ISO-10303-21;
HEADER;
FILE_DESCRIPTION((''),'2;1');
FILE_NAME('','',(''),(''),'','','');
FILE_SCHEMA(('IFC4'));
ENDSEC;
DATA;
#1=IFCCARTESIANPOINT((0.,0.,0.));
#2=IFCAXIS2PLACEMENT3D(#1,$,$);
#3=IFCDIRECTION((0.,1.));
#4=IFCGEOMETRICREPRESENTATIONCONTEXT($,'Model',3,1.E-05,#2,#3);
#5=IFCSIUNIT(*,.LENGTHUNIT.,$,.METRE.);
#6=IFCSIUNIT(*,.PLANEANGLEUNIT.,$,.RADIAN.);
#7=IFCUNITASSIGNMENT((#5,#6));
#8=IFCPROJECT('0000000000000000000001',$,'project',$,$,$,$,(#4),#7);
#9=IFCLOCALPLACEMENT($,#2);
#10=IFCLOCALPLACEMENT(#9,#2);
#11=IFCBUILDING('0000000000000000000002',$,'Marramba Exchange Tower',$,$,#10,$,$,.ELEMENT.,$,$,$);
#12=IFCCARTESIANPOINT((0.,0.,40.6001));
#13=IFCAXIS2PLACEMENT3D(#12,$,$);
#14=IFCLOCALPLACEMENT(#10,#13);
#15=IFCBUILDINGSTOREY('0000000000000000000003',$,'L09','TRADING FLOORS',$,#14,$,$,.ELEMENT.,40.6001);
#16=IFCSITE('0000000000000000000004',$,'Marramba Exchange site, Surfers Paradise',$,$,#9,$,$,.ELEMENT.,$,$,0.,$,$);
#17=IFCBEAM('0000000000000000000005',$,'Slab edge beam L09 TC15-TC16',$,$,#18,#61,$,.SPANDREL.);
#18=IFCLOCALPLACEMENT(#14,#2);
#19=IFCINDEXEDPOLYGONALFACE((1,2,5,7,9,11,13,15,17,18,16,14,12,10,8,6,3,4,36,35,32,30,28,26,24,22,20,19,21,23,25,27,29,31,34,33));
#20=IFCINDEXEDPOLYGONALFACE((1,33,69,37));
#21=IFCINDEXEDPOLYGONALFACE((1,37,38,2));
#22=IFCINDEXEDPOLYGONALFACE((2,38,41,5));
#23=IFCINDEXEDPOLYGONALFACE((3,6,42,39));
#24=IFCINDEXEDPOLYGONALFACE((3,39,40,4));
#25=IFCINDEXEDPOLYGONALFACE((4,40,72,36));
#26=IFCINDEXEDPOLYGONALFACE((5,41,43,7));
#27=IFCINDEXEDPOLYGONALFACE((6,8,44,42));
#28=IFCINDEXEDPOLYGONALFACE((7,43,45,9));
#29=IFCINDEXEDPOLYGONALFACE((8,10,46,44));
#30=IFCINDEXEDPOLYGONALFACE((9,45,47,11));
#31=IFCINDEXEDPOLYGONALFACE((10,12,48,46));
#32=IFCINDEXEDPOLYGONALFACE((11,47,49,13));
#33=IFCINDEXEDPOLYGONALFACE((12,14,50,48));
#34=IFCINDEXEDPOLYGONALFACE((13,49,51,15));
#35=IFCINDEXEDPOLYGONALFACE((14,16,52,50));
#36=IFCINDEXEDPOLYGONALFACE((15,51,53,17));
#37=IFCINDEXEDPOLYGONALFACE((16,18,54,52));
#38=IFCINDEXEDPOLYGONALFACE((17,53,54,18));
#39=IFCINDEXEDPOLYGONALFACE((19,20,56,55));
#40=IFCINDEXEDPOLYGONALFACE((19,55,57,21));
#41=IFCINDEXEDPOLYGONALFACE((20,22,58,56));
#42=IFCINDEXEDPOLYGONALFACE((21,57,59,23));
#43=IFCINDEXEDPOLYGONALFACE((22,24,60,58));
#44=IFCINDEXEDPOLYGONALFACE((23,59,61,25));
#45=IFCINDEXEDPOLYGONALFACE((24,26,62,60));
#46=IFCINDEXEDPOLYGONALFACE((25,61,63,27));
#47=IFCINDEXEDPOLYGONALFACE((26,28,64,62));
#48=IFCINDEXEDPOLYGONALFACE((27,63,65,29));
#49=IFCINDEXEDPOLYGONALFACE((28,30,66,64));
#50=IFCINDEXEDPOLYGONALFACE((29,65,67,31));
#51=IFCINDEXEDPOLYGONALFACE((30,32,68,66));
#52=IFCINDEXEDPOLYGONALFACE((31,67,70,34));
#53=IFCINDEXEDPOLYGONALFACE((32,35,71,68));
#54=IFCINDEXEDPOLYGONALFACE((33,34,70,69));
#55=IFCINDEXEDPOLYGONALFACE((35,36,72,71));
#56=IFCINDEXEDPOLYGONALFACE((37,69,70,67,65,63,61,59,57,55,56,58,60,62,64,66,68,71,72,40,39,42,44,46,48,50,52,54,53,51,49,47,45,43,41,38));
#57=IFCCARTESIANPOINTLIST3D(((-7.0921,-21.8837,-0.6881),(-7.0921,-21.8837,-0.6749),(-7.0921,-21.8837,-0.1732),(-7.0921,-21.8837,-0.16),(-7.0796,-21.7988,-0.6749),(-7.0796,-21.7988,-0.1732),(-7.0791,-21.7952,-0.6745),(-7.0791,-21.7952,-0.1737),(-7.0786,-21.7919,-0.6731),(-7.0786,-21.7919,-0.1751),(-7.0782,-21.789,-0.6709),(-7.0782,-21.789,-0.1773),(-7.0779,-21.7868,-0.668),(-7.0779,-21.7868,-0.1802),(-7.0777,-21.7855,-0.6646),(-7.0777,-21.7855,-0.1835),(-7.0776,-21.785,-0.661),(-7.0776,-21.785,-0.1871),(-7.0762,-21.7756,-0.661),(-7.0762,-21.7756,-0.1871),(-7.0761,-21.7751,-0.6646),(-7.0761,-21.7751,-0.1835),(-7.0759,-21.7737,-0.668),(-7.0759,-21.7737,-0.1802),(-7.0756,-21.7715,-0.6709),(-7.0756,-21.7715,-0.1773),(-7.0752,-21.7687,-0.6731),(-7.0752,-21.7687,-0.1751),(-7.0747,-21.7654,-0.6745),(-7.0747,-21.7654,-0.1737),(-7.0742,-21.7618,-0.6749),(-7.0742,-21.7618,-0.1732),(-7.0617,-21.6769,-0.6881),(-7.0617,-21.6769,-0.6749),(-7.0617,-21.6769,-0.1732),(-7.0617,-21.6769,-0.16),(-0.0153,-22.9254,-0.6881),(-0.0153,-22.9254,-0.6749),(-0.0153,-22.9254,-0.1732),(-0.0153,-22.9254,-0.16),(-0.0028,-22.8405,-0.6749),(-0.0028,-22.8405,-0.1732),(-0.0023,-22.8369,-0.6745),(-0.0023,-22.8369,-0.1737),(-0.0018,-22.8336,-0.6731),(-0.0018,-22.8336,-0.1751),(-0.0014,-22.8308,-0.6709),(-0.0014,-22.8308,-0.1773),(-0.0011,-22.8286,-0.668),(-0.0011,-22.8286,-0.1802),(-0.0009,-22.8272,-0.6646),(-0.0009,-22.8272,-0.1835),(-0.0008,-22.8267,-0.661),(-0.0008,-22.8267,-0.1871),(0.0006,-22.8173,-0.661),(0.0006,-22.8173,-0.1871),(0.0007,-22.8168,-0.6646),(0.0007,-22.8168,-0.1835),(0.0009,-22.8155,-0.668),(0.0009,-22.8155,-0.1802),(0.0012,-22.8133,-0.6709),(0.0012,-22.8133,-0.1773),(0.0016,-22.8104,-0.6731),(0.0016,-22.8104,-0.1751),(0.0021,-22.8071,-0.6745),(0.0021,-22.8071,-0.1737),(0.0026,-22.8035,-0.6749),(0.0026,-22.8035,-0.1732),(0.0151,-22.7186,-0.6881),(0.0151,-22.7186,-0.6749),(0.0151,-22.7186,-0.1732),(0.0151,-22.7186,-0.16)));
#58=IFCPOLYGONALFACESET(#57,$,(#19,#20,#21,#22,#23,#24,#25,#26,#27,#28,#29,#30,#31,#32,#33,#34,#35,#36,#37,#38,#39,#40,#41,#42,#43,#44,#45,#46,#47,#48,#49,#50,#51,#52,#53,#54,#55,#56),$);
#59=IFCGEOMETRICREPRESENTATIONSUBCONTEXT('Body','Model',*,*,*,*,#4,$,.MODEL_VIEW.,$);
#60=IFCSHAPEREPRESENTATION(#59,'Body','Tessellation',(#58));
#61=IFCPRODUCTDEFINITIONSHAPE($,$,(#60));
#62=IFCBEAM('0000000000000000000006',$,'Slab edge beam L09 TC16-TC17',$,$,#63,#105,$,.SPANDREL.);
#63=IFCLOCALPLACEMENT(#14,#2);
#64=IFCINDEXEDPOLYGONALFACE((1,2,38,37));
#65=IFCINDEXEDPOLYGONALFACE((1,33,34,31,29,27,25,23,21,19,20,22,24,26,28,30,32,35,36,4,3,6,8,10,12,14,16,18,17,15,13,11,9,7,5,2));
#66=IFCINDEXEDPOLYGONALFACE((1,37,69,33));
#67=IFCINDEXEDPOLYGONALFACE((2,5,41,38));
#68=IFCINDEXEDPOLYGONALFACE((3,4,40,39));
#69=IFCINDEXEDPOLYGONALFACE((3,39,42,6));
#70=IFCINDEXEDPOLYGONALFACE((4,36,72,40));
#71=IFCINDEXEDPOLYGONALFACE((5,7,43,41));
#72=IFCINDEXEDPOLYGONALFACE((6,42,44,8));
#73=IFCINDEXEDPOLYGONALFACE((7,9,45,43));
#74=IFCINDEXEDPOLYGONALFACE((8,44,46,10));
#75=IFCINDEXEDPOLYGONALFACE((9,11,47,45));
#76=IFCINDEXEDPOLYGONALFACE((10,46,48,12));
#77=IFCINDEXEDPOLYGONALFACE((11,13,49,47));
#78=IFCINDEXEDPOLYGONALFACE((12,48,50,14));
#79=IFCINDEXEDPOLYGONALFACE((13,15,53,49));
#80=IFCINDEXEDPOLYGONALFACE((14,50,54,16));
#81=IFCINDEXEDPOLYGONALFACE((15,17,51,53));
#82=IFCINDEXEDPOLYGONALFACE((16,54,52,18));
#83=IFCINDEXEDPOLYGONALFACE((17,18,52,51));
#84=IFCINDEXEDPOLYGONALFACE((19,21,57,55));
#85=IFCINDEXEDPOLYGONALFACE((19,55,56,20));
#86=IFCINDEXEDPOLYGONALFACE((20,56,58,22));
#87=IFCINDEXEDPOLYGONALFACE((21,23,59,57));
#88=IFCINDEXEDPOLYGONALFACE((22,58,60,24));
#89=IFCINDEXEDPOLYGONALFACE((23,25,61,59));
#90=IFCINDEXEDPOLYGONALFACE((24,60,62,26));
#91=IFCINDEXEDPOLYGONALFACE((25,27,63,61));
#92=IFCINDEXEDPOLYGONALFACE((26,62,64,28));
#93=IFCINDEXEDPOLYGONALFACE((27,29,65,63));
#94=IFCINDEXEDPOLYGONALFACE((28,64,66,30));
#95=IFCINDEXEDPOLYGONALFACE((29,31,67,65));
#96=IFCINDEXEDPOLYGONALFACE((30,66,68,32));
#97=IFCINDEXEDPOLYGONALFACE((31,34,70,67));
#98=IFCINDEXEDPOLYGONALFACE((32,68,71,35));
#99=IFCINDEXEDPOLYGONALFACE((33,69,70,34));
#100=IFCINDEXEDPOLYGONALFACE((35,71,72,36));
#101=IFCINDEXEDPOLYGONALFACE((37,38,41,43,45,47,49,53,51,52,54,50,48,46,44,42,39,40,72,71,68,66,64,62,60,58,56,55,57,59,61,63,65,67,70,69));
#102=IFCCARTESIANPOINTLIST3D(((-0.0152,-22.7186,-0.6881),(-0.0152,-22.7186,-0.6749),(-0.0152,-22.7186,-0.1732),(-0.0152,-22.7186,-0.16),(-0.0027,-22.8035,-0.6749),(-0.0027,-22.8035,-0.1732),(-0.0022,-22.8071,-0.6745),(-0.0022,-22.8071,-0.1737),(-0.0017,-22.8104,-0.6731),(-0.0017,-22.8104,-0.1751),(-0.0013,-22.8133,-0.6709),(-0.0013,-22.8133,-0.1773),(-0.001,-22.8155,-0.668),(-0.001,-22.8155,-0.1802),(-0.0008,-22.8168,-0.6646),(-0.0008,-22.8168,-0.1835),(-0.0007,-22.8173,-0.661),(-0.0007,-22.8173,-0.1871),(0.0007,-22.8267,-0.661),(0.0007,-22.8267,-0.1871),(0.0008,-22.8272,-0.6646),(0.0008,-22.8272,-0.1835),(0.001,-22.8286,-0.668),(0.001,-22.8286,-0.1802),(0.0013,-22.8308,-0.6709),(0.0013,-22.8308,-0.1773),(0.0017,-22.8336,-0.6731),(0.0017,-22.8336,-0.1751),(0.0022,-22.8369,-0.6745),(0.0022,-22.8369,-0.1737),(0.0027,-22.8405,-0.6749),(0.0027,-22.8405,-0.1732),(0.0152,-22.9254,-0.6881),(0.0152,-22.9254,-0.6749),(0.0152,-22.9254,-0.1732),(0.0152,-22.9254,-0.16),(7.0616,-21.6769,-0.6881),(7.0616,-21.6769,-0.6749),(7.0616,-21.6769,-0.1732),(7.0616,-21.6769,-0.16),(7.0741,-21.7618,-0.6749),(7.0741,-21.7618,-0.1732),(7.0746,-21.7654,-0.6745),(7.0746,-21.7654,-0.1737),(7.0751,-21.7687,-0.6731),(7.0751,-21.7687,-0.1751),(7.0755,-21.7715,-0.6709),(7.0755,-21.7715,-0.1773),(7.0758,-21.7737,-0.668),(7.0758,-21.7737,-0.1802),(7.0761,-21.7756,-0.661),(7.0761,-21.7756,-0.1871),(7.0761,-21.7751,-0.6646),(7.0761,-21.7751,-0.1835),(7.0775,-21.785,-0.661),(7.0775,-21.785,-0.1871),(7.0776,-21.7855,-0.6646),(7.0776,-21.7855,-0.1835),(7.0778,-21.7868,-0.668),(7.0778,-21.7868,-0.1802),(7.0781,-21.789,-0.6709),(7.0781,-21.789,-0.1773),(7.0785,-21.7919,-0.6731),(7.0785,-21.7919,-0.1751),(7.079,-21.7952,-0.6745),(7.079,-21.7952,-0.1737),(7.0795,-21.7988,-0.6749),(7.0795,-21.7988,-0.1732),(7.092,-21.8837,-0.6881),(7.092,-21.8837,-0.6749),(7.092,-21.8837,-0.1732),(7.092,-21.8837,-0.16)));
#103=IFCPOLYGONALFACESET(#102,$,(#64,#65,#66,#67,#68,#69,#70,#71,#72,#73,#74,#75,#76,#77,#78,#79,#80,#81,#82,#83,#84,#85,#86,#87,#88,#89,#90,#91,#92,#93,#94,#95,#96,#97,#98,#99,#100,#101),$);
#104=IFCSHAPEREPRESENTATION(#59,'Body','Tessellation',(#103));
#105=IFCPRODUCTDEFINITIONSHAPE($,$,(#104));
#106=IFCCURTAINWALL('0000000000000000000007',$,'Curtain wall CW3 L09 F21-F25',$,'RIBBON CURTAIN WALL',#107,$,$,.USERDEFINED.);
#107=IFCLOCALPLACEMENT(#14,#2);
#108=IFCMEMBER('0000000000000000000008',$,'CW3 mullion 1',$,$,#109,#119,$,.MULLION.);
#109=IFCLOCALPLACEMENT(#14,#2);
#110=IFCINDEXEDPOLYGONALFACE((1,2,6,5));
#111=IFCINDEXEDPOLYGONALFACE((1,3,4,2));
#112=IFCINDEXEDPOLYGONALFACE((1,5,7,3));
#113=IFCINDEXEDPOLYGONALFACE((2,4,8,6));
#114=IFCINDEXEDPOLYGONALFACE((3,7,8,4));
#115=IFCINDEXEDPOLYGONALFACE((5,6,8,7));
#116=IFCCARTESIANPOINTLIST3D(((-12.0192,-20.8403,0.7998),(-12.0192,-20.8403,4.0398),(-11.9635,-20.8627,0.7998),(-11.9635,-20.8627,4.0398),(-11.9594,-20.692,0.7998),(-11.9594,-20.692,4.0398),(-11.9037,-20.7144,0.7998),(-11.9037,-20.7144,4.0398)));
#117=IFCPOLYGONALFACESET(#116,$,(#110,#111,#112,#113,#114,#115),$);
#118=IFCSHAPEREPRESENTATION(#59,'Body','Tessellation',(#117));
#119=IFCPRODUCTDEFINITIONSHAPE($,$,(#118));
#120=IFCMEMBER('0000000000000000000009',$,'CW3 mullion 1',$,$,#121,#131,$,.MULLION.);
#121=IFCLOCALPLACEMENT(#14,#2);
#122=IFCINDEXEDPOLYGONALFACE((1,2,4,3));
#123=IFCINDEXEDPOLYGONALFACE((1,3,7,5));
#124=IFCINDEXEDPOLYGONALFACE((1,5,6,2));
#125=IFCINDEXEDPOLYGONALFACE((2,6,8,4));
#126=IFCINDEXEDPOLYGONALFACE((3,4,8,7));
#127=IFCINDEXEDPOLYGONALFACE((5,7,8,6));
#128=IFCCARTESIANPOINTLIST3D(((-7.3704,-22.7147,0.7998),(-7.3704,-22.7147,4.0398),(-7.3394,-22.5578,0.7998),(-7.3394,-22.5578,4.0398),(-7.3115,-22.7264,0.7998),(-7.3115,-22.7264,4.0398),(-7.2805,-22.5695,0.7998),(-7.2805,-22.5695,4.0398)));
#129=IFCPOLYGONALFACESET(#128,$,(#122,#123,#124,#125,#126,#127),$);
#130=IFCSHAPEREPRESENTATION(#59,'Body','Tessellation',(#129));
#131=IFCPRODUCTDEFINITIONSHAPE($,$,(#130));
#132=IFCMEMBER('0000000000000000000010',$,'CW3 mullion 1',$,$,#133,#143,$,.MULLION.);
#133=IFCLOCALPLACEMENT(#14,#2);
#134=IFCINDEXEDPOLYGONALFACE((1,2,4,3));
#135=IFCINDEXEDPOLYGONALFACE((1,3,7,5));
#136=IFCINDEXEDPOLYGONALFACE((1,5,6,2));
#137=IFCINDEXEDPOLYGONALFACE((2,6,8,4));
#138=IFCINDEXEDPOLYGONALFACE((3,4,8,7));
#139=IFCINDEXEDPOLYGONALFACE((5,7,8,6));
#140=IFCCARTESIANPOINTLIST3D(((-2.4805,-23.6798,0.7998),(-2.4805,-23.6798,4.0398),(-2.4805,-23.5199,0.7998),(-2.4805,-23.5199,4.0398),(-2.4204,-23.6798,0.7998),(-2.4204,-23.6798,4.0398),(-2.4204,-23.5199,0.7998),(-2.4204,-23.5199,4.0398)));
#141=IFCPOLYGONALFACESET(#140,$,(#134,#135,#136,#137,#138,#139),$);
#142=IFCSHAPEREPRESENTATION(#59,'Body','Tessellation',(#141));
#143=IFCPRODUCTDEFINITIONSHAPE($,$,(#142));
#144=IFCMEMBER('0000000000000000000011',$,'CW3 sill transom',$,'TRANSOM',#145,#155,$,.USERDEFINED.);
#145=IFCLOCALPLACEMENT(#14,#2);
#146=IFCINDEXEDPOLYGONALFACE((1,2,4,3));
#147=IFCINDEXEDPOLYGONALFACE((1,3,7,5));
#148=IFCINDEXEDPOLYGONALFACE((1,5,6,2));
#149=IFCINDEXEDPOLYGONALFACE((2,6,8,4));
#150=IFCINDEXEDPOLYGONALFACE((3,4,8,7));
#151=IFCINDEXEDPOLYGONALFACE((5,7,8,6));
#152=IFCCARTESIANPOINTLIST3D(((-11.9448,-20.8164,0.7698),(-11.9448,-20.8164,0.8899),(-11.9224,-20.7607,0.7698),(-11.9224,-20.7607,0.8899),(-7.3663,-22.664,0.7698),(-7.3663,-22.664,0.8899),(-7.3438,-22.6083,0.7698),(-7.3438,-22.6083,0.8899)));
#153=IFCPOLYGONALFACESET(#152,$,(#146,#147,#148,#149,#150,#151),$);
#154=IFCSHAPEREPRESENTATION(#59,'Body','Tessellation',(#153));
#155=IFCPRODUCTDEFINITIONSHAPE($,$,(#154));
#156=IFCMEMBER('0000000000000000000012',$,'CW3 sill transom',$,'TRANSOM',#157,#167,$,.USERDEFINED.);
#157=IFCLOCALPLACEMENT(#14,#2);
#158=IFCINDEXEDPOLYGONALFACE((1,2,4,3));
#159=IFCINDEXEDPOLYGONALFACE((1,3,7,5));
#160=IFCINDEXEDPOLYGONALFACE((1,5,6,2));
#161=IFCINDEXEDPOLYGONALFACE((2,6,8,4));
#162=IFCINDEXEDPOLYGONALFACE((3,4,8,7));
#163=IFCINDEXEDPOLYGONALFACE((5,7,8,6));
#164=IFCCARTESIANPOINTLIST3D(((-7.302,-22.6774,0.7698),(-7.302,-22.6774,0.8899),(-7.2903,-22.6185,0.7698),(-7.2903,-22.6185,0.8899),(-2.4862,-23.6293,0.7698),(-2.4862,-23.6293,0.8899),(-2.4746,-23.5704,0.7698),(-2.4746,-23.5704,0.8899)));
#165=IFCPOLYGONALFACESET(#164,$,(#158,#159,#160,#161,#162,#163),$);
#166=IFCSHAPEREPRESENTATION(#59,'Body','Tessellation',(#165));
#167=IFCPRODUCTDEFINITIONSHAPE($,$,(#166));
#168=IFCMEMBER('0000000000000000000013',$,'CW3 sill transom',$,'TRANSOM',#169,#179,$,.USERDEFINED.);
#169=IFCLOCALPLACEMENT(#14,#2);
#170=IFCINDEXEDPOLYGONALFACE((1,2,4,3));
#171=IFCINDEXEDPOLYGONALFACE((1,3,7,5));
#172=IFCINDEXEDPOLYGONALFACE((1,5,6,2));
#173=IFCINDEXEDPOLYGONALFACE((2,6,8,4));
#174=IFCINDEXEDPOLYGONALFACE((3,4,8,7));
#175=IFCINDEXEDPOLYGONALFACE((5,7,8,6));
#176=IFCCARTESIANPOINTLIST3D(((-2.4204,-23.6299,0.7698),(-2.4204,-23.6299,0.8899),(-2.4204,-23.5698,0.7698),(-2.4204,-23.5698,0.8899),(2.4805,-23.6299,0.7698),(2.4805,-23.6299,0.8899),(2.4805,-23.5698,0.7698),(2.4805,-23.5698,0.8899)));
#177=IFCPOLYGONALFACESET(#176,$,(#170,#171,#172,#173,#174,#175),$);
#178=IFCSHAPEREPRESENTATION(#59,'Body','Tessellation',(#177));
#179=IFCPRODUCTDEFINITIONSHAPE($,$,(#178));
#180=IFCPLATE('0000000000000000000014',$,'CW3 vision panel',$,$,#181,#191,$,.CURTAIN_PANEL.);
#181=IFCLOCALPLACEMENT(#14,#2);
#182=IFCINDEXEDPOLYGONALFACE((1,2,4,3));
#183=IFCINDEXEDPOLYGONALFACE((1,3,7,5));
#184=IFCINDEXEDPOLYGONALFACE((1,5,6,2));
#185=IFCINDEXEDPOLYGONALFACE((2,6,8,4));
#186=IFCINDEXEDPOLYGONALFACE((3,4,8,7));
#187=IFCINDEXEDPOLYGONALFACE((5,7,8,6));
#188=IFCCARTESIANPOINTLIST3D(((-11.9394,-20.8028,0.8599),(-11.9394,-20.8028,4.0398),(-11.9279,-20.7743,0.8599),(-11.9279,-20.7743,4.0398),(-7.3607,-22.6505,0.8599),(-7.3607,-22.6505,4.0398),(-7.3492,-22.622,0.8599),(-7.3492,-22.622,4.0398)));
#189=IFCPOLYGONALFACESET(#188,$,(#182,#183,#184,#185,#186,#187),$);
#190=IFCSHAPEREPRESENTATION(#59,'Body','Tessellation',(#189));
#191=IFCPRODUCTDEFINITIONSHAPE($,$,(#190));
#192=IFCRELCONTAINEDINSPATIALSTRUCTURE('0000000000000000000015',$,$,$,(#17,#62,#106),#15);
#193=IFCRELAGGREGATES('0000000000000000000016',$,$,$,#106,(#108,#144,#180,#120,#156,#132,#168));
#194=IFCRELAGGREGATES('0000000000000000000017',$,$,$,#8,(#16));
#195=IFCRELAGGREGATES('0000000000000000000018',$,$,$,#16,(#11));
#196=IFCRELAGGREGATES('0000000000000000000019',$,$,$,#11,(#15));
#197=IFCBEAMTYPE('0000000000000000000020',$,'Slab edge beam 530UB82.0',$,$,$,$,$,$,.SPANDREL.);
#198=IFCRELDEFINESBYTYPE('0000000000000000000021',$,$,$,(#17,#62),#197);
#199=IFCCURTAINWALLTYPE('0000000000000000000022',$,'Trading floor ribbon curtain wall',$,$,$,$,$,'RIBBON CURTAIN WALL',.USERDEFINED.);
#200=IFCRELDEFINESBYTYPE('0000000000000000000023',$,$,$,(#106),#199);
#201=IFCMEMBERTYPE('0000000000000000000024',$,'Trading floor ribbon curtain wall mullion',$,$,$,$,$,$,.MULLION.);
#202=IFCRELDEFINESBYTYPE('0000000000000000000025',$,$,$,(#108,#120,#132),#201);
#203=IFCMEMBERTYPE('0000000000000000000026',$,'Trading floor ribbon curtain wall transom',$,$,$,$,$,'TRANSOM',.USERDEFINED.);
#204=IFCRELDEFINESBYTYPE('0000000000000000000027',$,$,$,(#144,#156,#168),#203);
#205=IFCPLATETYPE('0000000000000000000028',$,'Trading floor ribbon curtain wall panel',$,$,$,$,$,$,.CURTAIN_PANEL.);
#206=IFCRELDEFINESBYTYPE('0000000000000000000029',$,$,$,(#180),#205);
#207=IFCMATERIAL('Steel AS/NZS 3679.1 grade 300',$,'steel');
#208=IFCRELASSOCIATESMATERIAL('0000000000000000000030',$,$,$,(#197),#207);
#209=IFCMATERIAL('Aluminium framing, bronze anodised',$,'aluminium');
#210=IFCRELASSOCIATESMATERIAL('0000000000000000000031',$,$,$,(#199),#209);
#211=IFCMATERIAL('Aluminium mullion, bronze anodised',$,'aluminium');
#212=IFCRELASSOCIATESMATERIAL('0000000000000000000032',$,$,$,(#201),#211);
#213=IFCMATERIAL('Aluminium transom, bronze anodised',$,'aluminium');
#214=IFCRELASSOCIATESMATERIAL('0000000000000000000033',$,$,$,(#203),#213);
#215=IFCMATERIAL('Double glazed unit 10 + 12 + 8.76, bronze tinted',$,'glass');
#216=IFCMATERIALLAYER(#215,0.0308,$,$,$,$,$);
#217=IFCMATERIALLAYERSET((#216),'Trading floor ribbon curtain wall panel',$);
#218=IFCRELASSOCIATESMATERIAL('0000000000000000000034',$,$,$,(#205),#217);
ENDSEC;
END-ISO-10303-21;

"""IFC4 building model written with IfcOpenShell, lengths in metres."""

from ifc_helpers import new_model, si_unit, direction, frame, origin, origin_2d, place, context, subcontext, project, spatial, rectangle, i_section, extrude, material, layer, layer_set, material_profile, profile_set, type_object, element, aggregate, save


model = new_model("IFC4")

# Units and contexts
model_context = context("Model", 3, precision=1e-05, world=origin(), true_north=direction((0.0, 1.0)))
body_context = subcontext(model_context, "Body", "Model", "MODEL_VIEW")
ifc_project = project(units=[si_unit("LENGTHUNIT", "METRE"), si_unit("PLANEANGLEUNIT", "RADIAN")], contexts=[model_context])

# Site, building, storey
site_placement = place(None, origin())
site = spatial("IfcSite", under=ifc_project, at=site_placement, Name="Marramba Exchange site, Surfers Paradise", CompositionType="ELEMENT", RefElevation=0.0)
building_placement = place(site_placement, origin())
building = spatial("IfcBuilding", under=site, at=building_placement, Name="Marramba Exchange Tower", CompositionType="ELEMENT")
storey_placement = place(building_placement, frame((0.0, 0.0, 40.6001)))
storey = spatial("IfcBuildingStorey", under=building, at=storey_placement, Name="L09", Description="TRADING FLOORS", CompositionType="ELEMENT", Elevation=40.6001)

# Beams
ifc_material_1 = material(Name="Steel AS/NZS 3679.1 grade 300", Category="steel")
ifc_material_profile_1 = material_profile(ifc_material_1, i_section(OverallWidth=0.209, OverallDepth=0.5281, WebThickness=0.0095, FlangeThickness=0.0132, FilletRadius=0.0139, at=origin_2d()), Name="530UB82.0")
ifc_profile_set_1 = profile_set([ifc_material_profile_1], Name="Steel AS/NZS 3679.1 grade 300")
beam_type_1 = type_object("IfcBeamType", Name="Slab edge beam 530UB82.0", PredefinedType="SPANDREL", material=ifc_profile_set_1)
for number, where, z_axis, x_axis, name in (
    (1, (-7.0769, -21.7803, -0.4241), (0.989338, -0.145634, 0.0), (0.145634, 0.989338, 0.0), "Slab edge beam L09 TC15-TC16"),
    (2, (0.0, -22.822, -0.4241), (0.989338, 0.145634, 0.0), (-0.145634, 0.989338, 0.0), "Slab edge beam L09 TC16-TC17"),
):
    element("IfcBeam", number, at=place(storey_placement, frame(where, z_axis=z_axis, x_axis=x_axis)), inside=storey, type_object=beam_type_1, Name=name, PredefinedType="SPANDREL", context=body_context, shape_type="SweptSolid", body=[
        extrude(i_section(OverallWidth=0.209, OverallDepth=0.5281, WebThickness=0.0095, FlangeThickness=0.0132, FilletRadius=0.0139, at=origin_2d()), origin(), (0.0, 0.0, 1.0), 7.1531),
    ])

# Curtain wall, members, plate
ifc_material_2 = material(Name="Aluminium framing, bronze anodised", Category="aluminium")
curtain_wall_type = type_object("IfcCurtainWallType", Name="Trading floor ribbon curtain wall", ElementType="RIBBON CURTAIN WALL", PredefinedType="USERDEFINED", material=ifc_material_2)
curtain_wall_placement = place(storey_placement, origin())
curtain_wall = element("IfcCurtainWall", 3, at=curtain_wall_placement, inside=storey, type_object=curtain_wall_type, Name="Curtain wall CW3 L09 F21-F25", ObjectType="RIBBON CURTAIN WALL", PredefinedType="USERDEFINED")
ifc_material_3 = material(Name="Aluminium mullion, bronze anodised", Category="aluminium")
ifc_material_profile_2 = material_profile(ifc_material_3, rectangle(XDim=0.1599, YDim=0.0601, at=origin_2d()), Name="CW3 mullion 60x160")
ifc_profile_set_2 = profile_set([ifc_material_profile_2], Name="Aluminium mullion, bronze anodised")
member_type_1 = type_object("IfcMemberType", Name="Trading floor ribbon curtain wall mullion", PredefinedType="MULLION", material=ifc_profile_set_2)
member_1_placement = place(storey_placement, frame((-11.9614, -20.7773, 0.7998), z_axis=(0.0, 0.0, 1.0), x_axis=(0.374218, 0.927341, 0.0)))
member_1 = element("IfcMember", 4, at=member_1_placement, type_object=member_type_1, Name="CW3 mullion 1", PredefinedType="MULLION", context=body_context, shape_type="SweptSolid", body=[
    extrude(rectangle(XDim=0.1599, YDim=0.0601, at=origin_2d()), origin(), (0.0, 0.0, 1.0), 3.24),
])
member_2_placement = place(storey_placement, frame((-7.3254, -22.6421, 0.7998), z_axis=(0.0, 0.0, 1.0), x_axis=(0.193961, 0.981009, 0.0)))
member_2 = element("IfcMember", 5, at=member_2_placement, type_object=member_type_1, Name="CW3 mullion 1", PredefinedType="MULLION", context=body_context, shape_type="SweptSolid", body=[
    extrude(rectangle(XDim=0.1599, YDim=0.0601, at=origin_2d()), origin(), (0.0, 0.0, 1.0), 3.24),
])
member_3_placement = place(storey_placement, frame((-2.4504, -23.5999, 0.7998), z_axis=(0.0, 0.0, 1.0), x_axis=(0.0, 1.0, 0.0)))
member_3 = element("IfcMember", 6, at=member_3_placement, type_object=member_type_1, Name="CW3 mullion 1", PredefinedType="MULLION", context=body_context, shape_type="SweptSolid", body=[
    extrude(rectangle(XDim=0.1599, YDim=0.0601, at=origin_2d()), origin(), (0.0, 0.0, 1.0), 3.24),
])
ifc_material_4 = material(Name="Aluminium transom, bronze anodised", Category="aluminium")
ifc_material_profile_3 = material_profile(ifc_material_4, rectangle(XDim=0.0601, YDim=0.1201, at=origin_2d()), Name="CW3 transom 60x120")
ifc_profile_set_3 = profile_set([ifc_material_profile_3], Name="Aluminium transom, bronze anodised")
member_type_2 = type_object("IfcMemberType", Name="Trading floor ribbon curtain wall transom", ElementType="TRANSOM", PredefinedType="USERDEFINED", material=ifc_profile_set_3)
member_4_placement = place(storey_placement, frame((-11.9336, -20.7886, 0.8298), z_axis=(0.92734, -0.374219, 0.0), x_axis=(0.374219, 0.92734, 0.0)))
member_4 = element("IfcMember", 7, at=member_4_placement, type_object=member_type_2, Name="CW3 sill transom", ObjectType="TRANSOM", PredefinedType="USERDEFINED", context=body_context, shape_type="SweptSolid", body=[
    extrude(rectangle(XDim=0.0601, YDim=0.1201, at=origin_2d()), origin(), (0.0, 0.0, 1.0), 4.9373),
])
member_5_placement = place(storey_placement, frame((-7.2961, -22.6479, 0.8298), z_axis=(0.981018, -0.193916, 0.0), x_axis=(0.193916, 0.981018, 0.0)))
member_5 = element("IfcMember", 8, at=member_5_placement, type_object=member_type_2, Name="CW3 sill transom", ObjectType="TRANSOM", PredefinedType="USERDEFINED", context=body_context, shape_type="SweptSolid", body=[
    extrude(rectangle(XDim=0.0601, YDim=0.1201, at=origin_2d()), origin(), (0.0, 0.0, 1.0), 4.9089),
])
member_6_placement = place(storey_placement, frame((-2.4204, -23.5999, 0.8298), z_axis=(1.0, 0.0, 0.0), x_axis=(0.0, 1.0, 0.0)))
member_6 = element("IfcMember", 9, at=member_6_placement, type_object=member_type_2, Name="CW3 sill transom", ObjectType="TRANSOM", PredefinedType="USERDEFINED", context=body_context, shape_type="SweptSolid", body=[
    extrude(rectangle(XDim=0.0601, YDim=0.1201, at=origin_2d()), origin(), (0.0, 0.0, 1.0), 4.9009),
])
ifc_material_5 = material(Name="Double glazed unit 10 + 12 + 8.76, bronze tinted", Category="glass")
ifc_layer_1 = layer(ifc_material_5, 0.0308)
ifc_layer_set_1 = layer_set([ifc_layer_1], Name="Trading floor ribbon curtain wall panel")
plate_type = type_object("IfcPlateType", Name="Trading floor ribbon curtain wall panel", PredefinedType="CURTAIN_PANEL", material=ifc_layer_set_1)
plate_1_placement = place(storey_placement, frame((-9.6443, -21.7124, 0.8599), z_axis=(0.0, 0.0, 1.0), x_axis=(0.927341, -0.374218, 0.0)))
plate_1 = element("IfcPlate", 10, at=plate_1_placement, type_object=plate_type, Name="CW3 vision panel", PredefinedType="CURTAIN_PANEL", context=body_context, shape_type="SweptSolid", body=[
    extrude(rectangle(XDim=4.9375, YDim=0.0308, at=origin_2d()), origin(), (0.0, 0.0, 1.0), 3.1799),
])
aggregate(curtain_wall, [member_1, member_4, plate_1, member_2, member_5, member_3, member_6])

save(model, "model.ifc")
